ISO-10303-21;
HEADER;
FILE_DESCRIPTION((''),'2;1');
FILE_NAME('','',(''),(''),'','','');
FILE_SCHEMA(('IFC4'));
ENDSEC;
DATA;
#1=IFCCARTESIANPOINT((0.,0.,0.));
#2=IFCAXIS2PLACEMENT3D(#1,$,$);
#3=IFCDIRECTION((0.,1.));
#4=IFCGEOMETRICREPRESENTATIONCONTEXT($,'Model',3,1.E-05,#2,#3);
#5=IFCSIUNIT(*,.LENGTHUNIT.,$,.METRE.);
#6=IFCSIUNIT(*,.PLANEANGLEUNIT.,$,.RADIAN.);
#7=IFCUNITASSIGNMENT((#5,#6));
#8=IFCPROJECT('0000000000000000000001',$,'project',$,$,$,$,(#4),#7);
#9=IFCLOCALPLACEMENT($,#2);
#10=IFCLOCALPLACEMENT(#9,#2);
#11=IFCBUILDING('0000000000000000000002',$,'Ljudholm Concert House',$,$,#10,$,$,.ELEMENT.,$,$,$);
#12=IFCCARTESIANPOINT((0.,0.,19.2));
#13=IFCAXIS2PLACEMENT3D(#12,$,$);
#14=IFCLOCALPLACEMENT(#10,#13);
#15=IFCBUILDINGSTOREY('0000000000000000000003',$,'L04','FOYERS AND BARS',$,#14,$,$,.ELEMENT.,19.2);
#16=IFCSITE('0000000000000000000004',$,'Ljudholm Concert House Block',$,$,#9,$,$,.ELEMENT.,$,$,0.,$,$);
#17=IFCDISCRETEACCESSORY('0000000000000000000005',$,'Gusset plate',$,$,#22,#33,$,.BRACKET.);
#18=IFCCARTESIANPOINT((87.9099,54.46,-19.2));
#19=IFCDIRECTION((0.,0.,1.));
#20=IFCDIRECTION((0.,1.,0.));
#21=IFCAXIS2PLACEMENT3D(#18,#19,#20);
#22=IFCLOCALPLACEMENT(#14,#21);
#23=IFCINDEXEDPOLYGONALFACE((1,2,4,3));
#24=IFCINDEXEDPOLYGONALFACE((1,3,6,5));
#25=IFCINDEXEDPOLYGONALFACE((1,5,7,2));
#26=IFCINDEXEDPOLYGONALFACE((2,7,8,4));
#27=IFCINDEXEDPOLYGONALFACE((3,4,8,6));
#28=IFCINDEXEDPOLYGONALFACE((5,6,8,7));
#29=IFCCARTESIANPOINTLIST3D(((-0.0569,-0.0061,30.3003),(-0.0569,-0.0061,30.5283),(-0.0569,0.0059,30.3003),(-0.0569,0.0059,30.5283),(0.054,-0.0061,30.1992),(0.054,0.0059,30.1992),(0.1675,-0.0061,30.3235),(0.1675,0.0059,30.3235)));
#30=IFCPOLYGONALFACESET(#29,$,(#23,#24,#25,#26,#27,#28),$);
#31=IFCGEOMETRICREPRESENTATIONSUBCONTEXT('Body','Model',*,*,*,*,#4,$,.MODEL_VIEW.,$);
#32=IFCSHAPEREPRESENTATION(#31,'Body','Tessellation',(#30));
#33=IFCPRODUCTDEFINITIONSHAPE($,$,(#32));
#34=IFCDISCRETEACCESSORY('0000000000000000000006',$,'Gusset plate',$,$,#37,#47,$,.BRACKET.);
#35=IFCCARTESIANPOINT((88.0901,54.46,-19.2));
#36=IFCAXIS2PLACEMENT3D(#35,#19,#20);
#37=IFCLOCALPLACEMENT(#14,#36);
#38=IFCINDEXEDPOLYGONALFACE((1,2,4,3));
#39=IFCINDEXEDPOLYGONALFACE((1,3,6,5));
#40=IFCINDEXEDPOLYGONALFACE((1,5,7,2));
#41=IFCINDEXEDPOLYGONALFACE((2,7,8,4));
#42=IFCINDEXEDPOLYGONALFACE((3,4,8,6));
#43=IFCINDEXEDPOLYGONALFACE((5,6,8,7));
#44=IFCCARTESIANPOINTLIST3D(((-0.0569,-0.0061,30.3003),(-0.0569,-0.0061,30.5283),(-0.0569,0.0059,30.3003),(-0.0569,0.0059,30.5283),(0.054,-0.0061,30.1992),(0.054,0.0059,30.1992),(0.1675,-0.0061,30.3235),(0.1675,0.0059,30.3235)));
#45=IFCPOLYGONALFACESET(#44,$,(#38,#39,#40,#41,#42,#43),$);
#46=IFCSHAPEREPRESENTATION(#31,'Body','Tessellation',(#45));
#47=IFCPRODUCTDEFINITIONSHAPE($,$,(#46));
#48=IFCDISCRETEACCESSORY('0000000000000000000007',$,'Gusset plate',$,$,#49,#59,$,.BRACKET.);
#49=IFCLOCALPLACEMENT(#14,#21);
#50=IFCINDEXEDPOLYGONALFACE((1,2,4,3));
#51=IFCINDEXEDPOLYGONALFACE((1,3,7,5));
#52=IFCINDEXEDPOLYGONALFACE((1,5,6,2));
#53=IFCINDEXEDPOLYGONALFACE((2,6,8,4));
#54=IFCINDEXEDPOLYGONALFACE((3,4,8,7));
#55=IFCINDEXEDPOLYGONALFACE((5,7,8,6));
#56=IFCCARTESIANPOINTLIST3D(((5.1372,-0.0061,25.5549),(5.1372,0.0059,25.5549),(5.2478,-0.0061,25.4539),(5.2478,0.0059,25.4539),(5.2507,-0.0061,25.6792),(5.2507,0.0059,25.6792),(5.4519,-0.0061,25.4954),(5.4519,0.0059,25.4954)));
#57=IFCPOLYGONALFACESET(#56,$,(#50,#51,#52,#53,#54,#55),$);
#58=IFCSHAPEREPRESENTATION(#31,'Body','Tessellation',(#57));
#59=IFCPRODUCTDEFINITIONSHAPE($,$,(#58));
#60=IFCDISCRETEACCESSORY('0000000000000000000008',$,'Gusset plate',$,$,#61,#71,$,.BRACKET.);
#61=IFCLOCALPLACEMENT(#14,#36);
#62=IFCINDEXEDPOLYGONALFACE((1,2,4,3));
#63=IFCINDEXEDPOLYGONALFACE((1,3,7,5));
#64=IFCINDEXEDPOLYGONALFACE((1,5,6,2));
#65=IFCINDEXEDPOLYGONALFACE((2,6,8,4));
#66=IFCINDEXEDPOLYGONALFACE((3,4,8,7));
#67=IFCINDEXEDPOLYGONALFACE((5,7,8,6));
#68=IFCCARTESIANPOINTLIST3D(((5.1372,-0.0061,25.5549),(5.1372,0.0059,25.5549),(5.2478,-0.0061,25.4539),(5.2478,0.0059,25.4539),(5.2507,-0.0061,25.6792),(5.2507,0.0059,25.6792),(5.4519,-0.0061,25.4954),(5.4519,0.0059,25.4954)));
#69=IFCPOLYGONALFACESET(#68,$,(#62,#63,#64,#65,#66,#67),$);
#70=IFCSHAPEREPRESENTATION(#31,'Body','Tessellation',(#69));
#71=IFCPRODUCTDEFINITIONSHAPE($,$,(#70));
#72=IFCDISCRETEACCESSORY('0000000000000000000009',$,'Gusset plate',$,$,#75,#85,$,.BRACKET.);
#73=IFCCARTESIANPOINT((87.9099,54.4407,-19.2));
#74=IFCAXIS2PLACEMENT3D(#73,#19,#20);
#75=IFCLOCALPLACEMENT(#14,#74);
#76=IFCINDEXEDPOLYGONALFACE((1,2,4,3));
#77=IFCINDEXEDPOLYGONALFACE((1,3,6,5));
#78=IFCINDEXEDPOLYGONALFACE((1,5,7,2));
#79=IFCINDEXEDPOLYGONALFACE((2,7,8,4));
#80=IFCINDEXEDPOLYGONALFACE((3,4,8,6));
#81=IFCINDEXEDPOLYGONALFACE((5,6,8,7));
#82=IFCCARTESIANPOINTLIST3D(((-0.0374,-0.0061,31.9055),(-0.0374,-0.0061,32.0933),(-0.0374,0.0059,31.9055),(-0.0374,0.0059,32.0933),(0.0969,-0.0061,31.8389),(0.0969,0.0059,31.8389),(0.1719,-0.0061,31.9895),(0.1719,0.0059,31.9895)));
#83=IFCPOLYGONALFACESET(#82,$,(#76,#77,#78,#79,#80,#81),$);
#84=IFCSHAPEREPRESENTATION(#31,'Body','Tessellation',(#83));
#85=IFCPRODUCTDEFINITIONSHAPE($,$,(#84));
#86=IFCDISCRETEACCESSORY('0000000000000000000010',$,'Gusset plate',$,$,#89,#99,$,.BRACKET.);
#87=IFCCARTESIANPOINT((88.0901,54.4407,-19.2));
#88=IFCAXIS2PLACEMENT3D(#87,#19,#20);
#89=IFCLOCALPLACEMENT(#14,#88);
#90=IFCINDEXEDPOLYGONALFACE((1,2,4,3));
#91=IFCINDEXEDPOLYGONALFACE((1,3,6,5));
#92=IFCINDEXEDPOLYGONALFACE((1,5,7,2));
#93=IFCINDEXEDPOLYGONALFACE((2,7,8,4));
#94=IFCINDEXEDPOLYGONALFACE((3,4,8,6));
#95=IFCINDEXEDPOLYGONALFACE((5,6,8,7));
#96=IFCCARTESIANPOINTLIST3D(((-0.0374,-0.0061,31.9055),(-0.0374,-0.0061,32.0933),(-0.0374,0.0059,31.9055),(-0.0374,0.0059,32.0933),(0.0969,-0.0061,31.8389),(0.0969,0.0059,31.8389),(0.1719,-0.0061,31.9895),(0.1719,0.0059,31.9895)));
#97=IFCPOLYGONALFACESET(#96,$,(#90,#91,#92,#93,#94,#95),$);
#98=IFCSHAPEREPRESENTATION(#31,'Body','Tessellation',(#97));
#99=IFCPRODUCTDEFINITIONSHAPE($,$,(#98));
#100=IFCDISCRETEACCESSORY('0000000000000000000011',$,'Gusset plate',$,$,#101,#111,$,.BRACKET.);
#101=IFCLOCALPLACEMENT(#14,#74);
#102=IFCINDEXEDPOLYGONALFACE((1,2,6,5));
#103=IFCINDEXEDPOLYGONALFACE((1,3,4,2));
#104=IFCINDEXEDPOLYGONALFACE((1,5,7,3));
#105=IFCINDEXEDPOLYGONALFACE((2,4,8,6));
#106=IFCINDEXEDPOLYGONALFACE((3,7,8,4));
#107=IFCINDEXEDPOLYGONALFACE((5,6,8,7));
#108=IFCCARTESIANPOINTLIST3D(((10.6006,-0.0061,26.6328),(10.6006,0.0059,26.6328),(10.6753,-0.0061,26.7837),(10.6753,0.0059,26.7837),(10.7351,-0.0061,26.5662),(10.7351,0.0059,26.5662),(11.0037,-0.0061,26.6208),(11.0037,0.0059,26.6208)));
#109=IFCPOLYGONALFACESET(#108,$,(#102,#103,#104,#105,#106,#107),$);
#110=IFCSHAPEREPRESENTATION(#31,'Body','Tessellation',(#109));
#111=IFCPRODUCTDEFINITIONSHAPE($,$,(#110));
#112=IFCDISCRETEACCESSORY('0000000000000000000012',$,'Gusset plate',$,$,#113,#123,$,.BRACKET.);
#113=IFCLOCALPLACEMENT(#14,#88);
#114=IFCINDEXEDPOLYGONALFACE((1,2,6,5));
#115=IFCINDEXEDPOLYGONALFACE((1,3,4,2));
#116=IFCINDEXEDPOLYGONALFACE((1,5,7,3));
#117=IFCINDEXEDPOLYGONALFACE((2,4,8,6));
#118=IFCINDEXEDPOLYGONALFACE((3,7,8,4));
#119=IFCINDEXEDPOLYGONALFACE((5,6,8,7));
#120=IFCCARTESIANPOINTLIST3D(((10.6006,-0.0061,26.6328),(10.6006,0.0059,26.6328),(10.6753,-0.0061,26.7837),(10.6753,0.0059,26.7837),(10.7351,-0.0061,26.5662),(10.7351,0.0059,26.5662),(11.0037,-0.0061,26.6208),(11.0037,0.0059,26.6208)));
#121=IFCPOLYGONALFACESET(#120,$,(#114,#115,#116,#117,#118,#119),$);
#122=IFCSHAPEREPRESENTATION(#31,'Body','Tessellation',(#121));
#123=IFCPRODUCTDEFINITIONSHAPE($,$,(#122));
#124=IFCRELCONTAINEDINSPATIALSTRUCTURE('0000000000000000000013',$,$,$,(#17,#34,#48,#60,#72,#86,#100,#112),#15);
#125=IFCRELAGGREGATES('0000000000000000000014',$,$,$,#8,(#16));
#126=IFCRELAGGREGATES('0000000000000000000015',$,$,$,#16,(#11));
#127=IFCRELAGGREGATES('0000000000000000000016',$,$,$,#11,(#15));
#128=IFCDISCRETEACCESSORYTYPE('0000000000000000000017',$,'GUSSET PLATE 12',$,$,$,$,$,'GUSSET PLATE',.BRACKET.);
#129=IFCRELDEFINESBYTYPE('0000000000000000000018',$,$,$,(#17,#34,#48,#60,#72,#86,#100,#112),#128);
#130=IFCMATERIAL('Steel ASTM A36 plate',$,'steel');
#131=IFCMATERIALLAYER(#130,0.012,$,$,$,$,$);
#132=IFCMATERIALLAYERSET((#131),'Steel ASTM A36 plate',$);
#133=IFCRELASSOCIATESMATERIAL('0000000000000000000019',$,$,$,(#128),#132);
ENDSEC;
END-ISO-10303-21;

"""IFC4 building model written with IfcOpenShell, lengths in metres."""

from ifc_helpers import new_model, si_unit, direction, frame, origin, place, context, subcontext, project, spatial, polyline, outline, extrude, material, layer, layer_set, type_object, element, save


model = new_model("IFC4")

# Units and contexts
model_context = context("Model", 3, precision=1e-05, world=origin(), true_north=direction((0.0, 1.0)))
body_context = subcontext(model_context, "Body", "Model", "MODEL_VIEW")
ifc_project = project(units=[si_unit("LENGTHUNIT", "METRE"), si_unit("PLANEANGLEUNIT", "RADIAN")], contexts=[model_context])

# Site, building, storey
site_placement = place(None, origin())
site = spatial("IfcSite", under=ifc_project, at=site_placement, Name="Ljudholm Concert House Block", CompositionType="ELEMENT", RefElevation=0.0)
building_placement = place(site_placement, origin())
building = spatial("IfcBuilding", under=site, at=building_placement, Name="Ljudholm Concert House", CompositionType="ELEMENT")
storey_placement = place(building_placement, frame((0.0, 0.0, 19.2)))
storey = spatial("IfcBuildingStorey", under=building, at=storey_placement, Name="L04", Description="FOYERS AND BARS", CompositionType="ELEMENT", Elevation=19.2)

# Discrete accessories
ifc_material_1 = material(Name="Steel ASTM A36 plate", Category="steel")
ifc_layer_1 = layer(ifc_material_1, 0.012)
ifc_layer_set_1 = layer_set([ifc_layer_1], Name="Steel ASTM A36 plate")
discrete_accessory_type_1 = type_object("IfcDiscreteAccessoryType", Name="GUSSET PLATE 12", ElementType="GUSSET PLATE", PredefinedType="BRACKET", material=ifc_layer_set_1)
for number, where, z_axis, x_axis, name in (
    (1, (87.9099, 54.46, -19.2), (0.0, 0.0, 1.0), (0.0, 1.0, 0.0), "Gusset plate"),
    (2, (88.0901, 54.46, -19.2), (0.0, 0.0, 1.0), (0.0, 1.0, 0.0), "Gusset plate"),
):
    element("IfcDiscreteAccessory", number, at=place(storey_placement, frame(where, z_axis=z_axis, x_axis=x_axis)), inside=storey, type_object=discrete_accessory_type_1, Name=name, PredefinedType="BRACKET", context=body_context, shape_type="SweptSolid", body=[
        extrude(outline(polyline([(0.054, 30.1992), (-0.0569, 30.3003), (-0.0569, 30.5283), (0.1675, 30.3235), (0.054, 30.1992)])), frame((0.0, 0.0059, 0.0), z_axis=(0.0, -1.0, 0.0), x_axis=(1.0, 0.0, 0.0)), (0.0, 0.0, 1.0), 0.012),
    ])
for number, where, z_axis, x_axis, name in (
    (3, (87.9099, 54.46, -19.2), (0.0, 0.0, 1.0), (0.0, 1.0, 0.0), "Gusset plate"),
    (4, (88.0901, 54.46, -19.2), (0.0, 0.0, 1.0), (0.0, 1.0, 0.0), "Gusset plate"),
):
    element("IfcDiscreteAccessory", number, at=place(storey_placement, frame(where, z_axis=z_axis, x_axis=x_axis)), inside=storey, type_object=discrete_accessory_type_1, Name=name, PredefinedType="BRACKET", context=body_context, shape_type="SweptSolid", body=[
        extrude(outline(polyline([(5.2507, 25.6792), (5.4519, 25.4954), (5.2478, 25.4539), (5.1372, 25.5549), (5.2507, 25.6792)])), frame((0.0, 0.0059, 0.0), z_axis=(0.0, -1.0, 0.0), x_axis=(1.0, 0.0, 0.0)), (0.0, 0.0, 1.0), 0.012),
    ])
for number, where, z_axis, x_axis, name in (
    (5, (87.9099, 54.4407, -19.2), (0.0, 0.0, 1.0), (0.0, 1.0, 0.0), "Gusset plate"),
    (6, (88.0901, 54.4407, -19.2), (0.0, 0.0, 1.0), (0.0, 1.0, 0.0), "Gusset plate"),
):
    element("IfcDiscreteAccessory", number, at=place(storey_placement, frame(where, z_axis=z_axis, x_axis=x_axis)), inside=storey, type_object=discrete_accessory_type_1, Name=name, PredefinedType="BRACKET", context=body_context, shape_type="SweptSolid", body=[
        extrude(outline(polyline([(0.0969, 31.8389), (-0.0374, 31.9055), (-0.0374, 32.0933), (0.1719, 31.9895), (0.0969, 31.8389)])), frame((0.0, 0.0059, 0.0), z_axis=(0.0, -1.0, 0.0), x_axis=(1.0, 0.0, 0.0)), (0.0, 0.0, 1.0), 0.012),
    ])
for number, where, z_axis, x_axis, name in (
    (7, (87.9099, 54.4407, -19.2), (0.0, 0.0, 1.0), (0.0, 1.0, 0.0), "Gusset plate"),
    (8, (88.0901, 54.4407, -19.2), (0.0, 0.0, 1.0), (0.0, 1.0, 0.0), "Gusset plate"),
):
    element("IfcDiscreteAccessory", number, at=place(storey_placement, frame(where, z_axis=z_axis, x_axis=x_axis)), inside=storey, type_object=discrete_accessory_type_1, Name=name, PredefinedType="BRACKET", context=body_context, shape_type="SweptSolid", body=[
        extrude(outline(polyline([(10.6753, 26.7837), (11.0037, 26.6208), (10.7351, 26.5662), (10.6006, 26.6328), (10.6753, 26.7837)])), frame((0.0, 0.0059, 0.0), z_axis=(0.0, -1.0, 0.0), x_axis=(1.0, 0.0, 0.0)), (0.0, 0.0, 1.0), 0.012),
    ])

save(model, "model.ifc")
